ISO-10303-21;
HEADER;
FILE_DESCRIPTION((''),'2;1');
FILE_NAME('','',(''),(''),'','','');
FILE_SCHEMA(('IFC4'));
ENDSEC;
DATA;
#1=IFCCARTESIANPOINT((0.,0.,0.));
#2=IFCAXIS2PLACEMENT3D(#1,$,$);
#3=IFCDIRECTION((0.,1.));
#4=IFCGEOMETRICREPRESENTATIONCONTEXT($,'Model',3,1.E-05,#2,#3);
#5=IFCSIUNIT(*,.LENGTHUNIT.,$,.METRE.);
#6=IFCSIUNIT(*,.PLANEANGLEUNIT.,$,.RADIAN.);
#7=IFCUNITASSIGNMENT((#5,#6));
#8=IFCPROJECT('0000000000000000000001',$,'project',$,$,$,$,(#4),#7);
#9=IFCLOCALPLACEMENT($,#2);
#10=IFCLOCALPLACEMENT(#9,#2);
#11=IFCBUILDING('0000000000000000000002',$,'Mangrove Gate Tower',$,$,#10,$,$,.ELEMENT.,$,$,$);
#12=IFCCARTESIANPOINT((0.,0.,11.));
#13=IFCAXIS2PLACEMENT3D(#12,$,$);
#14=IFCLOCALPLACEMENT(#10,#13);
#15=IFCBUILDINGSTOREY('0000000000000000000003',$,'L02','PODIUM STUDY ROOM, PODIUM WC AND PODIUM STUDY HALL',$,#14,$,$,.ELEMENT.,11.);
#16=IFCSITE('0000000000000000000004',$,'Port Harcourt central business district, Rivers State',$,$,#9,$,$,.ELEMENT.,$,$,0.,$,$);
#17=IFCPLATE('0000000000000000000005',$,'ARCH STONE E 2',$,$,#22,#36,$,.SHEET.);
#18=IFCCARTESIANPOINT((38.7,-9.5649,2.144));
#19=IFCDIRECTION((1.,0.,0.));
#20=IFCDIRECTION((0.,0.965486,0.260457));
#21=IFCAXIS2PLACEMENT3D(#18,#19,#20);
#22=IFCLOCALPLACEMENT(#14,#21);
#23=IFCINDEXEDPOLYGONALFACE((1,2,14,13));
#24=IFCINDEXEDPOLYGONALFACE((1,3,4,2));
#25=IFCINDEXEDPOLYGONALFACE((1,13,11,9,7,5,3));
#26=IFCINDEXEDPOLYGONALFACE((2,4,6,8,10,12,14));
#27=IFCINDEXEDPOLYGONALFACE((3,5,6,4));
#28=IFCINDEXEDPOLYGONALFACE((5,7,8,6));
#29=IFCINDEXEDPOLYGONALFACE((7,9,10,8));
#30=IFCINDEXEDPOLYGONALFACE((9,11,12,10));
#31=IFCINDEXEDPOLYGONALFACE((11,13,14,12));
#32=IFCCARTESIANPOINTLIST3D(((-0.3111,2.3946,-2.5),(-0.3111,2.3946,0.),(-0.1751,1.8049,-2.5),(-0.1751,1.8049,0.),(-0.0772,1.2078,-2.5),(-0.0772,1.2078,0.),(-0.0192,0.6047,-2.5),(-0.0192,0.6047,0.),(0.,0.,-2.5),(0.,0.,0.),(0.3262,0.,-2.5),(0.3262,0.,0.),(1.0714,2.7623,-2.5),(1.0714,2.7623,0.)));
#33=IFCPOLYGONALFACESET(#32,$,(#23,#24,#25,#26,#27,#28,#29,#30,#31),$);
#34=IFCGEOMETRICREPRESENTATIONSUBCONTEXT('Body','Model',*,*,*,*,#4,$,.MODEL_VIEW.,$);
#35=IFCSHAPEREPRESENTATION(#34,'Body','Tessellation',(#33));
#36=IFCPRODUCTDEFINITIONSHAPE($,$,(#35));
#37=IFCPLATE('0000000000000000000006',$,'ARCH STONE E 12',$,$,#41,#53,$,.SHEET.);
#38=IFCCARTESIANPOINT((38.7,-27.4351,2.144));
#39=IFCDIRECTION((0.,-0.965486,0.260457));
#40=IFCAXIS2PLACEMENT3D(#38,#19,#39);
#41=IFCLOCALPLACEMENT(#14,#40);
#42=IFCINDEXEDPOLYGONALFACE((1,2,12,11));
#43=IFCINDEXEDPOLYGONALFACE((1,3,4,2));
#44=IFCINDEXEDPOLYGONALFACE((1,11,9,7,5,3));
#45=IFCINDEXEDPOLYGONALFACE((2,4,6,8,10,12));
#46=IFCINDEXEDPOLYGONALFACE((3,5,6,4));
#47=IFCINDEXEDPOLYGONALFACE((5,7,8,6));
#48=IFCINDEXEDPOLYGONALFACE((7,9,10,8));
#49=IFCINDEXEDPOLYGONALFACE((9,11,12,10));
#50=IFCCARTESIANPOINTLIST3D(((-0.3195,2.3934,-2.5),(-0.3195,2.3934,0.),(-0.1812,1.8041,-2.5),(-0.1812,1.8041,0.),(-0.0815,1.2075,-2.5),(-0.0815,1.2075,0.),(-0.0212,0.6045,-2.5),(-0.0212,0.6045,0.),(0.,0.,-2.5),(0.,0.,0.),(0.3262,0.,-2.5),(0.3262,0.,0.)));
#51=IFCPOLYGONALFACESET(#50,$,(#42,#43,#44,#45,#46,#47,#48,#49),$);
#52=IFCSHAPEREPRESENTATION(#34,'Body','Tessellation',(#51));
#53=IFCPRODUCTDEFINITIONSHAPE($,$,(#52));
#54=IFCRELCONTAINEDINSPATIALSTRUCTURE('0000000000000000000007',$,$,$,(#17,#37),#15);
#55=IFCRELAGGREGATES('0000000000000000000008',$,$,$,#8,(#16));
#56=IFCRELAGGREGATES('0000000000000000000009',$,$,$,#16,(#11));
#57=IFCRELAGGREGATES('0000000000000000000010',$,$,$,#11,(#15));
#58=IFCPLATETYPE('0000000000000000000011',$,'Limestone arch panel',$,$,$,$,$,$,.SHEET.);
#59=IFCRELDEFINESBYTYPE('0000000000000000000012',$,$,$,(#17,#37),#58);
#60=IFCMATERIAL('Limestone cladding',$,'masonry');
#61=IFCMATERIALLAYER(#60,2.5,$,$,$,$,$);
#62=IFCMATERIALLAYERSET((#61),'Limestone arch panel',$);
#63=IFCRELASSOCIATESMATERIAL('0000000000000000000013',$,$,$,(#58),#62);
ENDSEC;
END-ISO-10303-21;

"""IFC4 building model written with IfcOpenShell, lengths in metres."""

from ifc_helpers import new_model, si_unit, direction, frame, origin, place, context, subcontext, project, spatial, polyline, outline, extrude, material, layer, layer_set, type_object, element, save


model = new_model("IFC4")

# Units and contexts
model_context = context("Model", 3, precision=1e-05, world=origin(), true_north=direction((0.0, 1.0)))
body_context = subcontext(model_context, "Body", "Model", "MODEL_VIEW")
ifc_project = project(units=[si_unit("LENGTHUNIT", "METRE"), si_unit("PLANEANGLEUNIT", "RADIAN")], contexts=[model_context])

# Site, building, storey
site_placement = place(None, origin())
site = spatial("IfcSite", under=ifc_project, at=site_placement, Name="Port Harcourt central business district, Rivers State", CompositionType="ELEMENT", RefElevation=0.0)
building_placement = place(site_placement, origin())
building = spatial("IfcBuilding", under=site, at=building_placement, Name="Mangrove Gate Tower", CompositionType="ELEMENT")
storey_placement = place(building_placement, frame((0.0, 0.0, 11.0)))
storey = spatial("IfcBuildingStorey", under=building, at=storey_placement, Name="L02", Description="PODIUM STUDY ROOM, PODIUM WC AND PODIUM STUDY HALL", CompositionType="ELEMENT", Elevation=11.0)

# Plates
ifc_material_1 = material(Name="Limestone cladding", Category="masonry")
ifc_layer_1 = layer(ifc_material_1, 2.5)
ifc_layer_set_1 = layer_set([ifc_layer_1], Name="Limestone arch panel")
plate_type = type_object("IfcPlateType", Name="Limestone arch panel", PredefinedType="SHEET", material=ifc_layer_set_1)
plate_1_placement = place(storey_placement, frame((38.7, -9.5649, 2.144), z_axis=(1.0, 0.0, 0.0), x_axis=(0.0, 0.965486, 0.260457)))
element("IfcPlate", 1, at=plate_1_placement, inside=storey, type_object=plate_type, Name="ARCH STONE E 2", PredefinedType="SHEET", context=body_context, shape_type="SweptSolid", body=[
    extrude(outline(polyline([(0.0, 0.0), (0.3262, 0.0), (1.0714, 2.7623), (-0.3111, 2.3946), (-0.1751, 1.8049), (-0.0772, 1.2078), (-0.0192, 0.6047), (0.0, 0.0)])), origin(), (0.0, 0.0, -1.0), 2.5),
])
plate_2_placement = place(storey_placement, frame((38.7, -27.4351, 2.144), z_axis=(1.0, 0.0, 0.0), x_axis=(0.0, -0.965486, 0.260457)))
element("IfcPlate", 2, at=plate_2_placement, inside=storey, type_object=plate_type, Name="ARCH STONE E 12", PredefinedType="SHEET", context=body_context, shape_type="SweptSolid", body=[
    extrude(outline(polyline([(0.0, 0.0), (0.3262, 0.0), (-0.3195, 2.3934), (-0.1812, 1.8041), (-0.0815, 1.2075), (-0.0212, 0.6045), (0.0, 0.0)])), origin(), (0.0, 0.0, -1.0), 2.5),
])

save(model, "model.ifc")
